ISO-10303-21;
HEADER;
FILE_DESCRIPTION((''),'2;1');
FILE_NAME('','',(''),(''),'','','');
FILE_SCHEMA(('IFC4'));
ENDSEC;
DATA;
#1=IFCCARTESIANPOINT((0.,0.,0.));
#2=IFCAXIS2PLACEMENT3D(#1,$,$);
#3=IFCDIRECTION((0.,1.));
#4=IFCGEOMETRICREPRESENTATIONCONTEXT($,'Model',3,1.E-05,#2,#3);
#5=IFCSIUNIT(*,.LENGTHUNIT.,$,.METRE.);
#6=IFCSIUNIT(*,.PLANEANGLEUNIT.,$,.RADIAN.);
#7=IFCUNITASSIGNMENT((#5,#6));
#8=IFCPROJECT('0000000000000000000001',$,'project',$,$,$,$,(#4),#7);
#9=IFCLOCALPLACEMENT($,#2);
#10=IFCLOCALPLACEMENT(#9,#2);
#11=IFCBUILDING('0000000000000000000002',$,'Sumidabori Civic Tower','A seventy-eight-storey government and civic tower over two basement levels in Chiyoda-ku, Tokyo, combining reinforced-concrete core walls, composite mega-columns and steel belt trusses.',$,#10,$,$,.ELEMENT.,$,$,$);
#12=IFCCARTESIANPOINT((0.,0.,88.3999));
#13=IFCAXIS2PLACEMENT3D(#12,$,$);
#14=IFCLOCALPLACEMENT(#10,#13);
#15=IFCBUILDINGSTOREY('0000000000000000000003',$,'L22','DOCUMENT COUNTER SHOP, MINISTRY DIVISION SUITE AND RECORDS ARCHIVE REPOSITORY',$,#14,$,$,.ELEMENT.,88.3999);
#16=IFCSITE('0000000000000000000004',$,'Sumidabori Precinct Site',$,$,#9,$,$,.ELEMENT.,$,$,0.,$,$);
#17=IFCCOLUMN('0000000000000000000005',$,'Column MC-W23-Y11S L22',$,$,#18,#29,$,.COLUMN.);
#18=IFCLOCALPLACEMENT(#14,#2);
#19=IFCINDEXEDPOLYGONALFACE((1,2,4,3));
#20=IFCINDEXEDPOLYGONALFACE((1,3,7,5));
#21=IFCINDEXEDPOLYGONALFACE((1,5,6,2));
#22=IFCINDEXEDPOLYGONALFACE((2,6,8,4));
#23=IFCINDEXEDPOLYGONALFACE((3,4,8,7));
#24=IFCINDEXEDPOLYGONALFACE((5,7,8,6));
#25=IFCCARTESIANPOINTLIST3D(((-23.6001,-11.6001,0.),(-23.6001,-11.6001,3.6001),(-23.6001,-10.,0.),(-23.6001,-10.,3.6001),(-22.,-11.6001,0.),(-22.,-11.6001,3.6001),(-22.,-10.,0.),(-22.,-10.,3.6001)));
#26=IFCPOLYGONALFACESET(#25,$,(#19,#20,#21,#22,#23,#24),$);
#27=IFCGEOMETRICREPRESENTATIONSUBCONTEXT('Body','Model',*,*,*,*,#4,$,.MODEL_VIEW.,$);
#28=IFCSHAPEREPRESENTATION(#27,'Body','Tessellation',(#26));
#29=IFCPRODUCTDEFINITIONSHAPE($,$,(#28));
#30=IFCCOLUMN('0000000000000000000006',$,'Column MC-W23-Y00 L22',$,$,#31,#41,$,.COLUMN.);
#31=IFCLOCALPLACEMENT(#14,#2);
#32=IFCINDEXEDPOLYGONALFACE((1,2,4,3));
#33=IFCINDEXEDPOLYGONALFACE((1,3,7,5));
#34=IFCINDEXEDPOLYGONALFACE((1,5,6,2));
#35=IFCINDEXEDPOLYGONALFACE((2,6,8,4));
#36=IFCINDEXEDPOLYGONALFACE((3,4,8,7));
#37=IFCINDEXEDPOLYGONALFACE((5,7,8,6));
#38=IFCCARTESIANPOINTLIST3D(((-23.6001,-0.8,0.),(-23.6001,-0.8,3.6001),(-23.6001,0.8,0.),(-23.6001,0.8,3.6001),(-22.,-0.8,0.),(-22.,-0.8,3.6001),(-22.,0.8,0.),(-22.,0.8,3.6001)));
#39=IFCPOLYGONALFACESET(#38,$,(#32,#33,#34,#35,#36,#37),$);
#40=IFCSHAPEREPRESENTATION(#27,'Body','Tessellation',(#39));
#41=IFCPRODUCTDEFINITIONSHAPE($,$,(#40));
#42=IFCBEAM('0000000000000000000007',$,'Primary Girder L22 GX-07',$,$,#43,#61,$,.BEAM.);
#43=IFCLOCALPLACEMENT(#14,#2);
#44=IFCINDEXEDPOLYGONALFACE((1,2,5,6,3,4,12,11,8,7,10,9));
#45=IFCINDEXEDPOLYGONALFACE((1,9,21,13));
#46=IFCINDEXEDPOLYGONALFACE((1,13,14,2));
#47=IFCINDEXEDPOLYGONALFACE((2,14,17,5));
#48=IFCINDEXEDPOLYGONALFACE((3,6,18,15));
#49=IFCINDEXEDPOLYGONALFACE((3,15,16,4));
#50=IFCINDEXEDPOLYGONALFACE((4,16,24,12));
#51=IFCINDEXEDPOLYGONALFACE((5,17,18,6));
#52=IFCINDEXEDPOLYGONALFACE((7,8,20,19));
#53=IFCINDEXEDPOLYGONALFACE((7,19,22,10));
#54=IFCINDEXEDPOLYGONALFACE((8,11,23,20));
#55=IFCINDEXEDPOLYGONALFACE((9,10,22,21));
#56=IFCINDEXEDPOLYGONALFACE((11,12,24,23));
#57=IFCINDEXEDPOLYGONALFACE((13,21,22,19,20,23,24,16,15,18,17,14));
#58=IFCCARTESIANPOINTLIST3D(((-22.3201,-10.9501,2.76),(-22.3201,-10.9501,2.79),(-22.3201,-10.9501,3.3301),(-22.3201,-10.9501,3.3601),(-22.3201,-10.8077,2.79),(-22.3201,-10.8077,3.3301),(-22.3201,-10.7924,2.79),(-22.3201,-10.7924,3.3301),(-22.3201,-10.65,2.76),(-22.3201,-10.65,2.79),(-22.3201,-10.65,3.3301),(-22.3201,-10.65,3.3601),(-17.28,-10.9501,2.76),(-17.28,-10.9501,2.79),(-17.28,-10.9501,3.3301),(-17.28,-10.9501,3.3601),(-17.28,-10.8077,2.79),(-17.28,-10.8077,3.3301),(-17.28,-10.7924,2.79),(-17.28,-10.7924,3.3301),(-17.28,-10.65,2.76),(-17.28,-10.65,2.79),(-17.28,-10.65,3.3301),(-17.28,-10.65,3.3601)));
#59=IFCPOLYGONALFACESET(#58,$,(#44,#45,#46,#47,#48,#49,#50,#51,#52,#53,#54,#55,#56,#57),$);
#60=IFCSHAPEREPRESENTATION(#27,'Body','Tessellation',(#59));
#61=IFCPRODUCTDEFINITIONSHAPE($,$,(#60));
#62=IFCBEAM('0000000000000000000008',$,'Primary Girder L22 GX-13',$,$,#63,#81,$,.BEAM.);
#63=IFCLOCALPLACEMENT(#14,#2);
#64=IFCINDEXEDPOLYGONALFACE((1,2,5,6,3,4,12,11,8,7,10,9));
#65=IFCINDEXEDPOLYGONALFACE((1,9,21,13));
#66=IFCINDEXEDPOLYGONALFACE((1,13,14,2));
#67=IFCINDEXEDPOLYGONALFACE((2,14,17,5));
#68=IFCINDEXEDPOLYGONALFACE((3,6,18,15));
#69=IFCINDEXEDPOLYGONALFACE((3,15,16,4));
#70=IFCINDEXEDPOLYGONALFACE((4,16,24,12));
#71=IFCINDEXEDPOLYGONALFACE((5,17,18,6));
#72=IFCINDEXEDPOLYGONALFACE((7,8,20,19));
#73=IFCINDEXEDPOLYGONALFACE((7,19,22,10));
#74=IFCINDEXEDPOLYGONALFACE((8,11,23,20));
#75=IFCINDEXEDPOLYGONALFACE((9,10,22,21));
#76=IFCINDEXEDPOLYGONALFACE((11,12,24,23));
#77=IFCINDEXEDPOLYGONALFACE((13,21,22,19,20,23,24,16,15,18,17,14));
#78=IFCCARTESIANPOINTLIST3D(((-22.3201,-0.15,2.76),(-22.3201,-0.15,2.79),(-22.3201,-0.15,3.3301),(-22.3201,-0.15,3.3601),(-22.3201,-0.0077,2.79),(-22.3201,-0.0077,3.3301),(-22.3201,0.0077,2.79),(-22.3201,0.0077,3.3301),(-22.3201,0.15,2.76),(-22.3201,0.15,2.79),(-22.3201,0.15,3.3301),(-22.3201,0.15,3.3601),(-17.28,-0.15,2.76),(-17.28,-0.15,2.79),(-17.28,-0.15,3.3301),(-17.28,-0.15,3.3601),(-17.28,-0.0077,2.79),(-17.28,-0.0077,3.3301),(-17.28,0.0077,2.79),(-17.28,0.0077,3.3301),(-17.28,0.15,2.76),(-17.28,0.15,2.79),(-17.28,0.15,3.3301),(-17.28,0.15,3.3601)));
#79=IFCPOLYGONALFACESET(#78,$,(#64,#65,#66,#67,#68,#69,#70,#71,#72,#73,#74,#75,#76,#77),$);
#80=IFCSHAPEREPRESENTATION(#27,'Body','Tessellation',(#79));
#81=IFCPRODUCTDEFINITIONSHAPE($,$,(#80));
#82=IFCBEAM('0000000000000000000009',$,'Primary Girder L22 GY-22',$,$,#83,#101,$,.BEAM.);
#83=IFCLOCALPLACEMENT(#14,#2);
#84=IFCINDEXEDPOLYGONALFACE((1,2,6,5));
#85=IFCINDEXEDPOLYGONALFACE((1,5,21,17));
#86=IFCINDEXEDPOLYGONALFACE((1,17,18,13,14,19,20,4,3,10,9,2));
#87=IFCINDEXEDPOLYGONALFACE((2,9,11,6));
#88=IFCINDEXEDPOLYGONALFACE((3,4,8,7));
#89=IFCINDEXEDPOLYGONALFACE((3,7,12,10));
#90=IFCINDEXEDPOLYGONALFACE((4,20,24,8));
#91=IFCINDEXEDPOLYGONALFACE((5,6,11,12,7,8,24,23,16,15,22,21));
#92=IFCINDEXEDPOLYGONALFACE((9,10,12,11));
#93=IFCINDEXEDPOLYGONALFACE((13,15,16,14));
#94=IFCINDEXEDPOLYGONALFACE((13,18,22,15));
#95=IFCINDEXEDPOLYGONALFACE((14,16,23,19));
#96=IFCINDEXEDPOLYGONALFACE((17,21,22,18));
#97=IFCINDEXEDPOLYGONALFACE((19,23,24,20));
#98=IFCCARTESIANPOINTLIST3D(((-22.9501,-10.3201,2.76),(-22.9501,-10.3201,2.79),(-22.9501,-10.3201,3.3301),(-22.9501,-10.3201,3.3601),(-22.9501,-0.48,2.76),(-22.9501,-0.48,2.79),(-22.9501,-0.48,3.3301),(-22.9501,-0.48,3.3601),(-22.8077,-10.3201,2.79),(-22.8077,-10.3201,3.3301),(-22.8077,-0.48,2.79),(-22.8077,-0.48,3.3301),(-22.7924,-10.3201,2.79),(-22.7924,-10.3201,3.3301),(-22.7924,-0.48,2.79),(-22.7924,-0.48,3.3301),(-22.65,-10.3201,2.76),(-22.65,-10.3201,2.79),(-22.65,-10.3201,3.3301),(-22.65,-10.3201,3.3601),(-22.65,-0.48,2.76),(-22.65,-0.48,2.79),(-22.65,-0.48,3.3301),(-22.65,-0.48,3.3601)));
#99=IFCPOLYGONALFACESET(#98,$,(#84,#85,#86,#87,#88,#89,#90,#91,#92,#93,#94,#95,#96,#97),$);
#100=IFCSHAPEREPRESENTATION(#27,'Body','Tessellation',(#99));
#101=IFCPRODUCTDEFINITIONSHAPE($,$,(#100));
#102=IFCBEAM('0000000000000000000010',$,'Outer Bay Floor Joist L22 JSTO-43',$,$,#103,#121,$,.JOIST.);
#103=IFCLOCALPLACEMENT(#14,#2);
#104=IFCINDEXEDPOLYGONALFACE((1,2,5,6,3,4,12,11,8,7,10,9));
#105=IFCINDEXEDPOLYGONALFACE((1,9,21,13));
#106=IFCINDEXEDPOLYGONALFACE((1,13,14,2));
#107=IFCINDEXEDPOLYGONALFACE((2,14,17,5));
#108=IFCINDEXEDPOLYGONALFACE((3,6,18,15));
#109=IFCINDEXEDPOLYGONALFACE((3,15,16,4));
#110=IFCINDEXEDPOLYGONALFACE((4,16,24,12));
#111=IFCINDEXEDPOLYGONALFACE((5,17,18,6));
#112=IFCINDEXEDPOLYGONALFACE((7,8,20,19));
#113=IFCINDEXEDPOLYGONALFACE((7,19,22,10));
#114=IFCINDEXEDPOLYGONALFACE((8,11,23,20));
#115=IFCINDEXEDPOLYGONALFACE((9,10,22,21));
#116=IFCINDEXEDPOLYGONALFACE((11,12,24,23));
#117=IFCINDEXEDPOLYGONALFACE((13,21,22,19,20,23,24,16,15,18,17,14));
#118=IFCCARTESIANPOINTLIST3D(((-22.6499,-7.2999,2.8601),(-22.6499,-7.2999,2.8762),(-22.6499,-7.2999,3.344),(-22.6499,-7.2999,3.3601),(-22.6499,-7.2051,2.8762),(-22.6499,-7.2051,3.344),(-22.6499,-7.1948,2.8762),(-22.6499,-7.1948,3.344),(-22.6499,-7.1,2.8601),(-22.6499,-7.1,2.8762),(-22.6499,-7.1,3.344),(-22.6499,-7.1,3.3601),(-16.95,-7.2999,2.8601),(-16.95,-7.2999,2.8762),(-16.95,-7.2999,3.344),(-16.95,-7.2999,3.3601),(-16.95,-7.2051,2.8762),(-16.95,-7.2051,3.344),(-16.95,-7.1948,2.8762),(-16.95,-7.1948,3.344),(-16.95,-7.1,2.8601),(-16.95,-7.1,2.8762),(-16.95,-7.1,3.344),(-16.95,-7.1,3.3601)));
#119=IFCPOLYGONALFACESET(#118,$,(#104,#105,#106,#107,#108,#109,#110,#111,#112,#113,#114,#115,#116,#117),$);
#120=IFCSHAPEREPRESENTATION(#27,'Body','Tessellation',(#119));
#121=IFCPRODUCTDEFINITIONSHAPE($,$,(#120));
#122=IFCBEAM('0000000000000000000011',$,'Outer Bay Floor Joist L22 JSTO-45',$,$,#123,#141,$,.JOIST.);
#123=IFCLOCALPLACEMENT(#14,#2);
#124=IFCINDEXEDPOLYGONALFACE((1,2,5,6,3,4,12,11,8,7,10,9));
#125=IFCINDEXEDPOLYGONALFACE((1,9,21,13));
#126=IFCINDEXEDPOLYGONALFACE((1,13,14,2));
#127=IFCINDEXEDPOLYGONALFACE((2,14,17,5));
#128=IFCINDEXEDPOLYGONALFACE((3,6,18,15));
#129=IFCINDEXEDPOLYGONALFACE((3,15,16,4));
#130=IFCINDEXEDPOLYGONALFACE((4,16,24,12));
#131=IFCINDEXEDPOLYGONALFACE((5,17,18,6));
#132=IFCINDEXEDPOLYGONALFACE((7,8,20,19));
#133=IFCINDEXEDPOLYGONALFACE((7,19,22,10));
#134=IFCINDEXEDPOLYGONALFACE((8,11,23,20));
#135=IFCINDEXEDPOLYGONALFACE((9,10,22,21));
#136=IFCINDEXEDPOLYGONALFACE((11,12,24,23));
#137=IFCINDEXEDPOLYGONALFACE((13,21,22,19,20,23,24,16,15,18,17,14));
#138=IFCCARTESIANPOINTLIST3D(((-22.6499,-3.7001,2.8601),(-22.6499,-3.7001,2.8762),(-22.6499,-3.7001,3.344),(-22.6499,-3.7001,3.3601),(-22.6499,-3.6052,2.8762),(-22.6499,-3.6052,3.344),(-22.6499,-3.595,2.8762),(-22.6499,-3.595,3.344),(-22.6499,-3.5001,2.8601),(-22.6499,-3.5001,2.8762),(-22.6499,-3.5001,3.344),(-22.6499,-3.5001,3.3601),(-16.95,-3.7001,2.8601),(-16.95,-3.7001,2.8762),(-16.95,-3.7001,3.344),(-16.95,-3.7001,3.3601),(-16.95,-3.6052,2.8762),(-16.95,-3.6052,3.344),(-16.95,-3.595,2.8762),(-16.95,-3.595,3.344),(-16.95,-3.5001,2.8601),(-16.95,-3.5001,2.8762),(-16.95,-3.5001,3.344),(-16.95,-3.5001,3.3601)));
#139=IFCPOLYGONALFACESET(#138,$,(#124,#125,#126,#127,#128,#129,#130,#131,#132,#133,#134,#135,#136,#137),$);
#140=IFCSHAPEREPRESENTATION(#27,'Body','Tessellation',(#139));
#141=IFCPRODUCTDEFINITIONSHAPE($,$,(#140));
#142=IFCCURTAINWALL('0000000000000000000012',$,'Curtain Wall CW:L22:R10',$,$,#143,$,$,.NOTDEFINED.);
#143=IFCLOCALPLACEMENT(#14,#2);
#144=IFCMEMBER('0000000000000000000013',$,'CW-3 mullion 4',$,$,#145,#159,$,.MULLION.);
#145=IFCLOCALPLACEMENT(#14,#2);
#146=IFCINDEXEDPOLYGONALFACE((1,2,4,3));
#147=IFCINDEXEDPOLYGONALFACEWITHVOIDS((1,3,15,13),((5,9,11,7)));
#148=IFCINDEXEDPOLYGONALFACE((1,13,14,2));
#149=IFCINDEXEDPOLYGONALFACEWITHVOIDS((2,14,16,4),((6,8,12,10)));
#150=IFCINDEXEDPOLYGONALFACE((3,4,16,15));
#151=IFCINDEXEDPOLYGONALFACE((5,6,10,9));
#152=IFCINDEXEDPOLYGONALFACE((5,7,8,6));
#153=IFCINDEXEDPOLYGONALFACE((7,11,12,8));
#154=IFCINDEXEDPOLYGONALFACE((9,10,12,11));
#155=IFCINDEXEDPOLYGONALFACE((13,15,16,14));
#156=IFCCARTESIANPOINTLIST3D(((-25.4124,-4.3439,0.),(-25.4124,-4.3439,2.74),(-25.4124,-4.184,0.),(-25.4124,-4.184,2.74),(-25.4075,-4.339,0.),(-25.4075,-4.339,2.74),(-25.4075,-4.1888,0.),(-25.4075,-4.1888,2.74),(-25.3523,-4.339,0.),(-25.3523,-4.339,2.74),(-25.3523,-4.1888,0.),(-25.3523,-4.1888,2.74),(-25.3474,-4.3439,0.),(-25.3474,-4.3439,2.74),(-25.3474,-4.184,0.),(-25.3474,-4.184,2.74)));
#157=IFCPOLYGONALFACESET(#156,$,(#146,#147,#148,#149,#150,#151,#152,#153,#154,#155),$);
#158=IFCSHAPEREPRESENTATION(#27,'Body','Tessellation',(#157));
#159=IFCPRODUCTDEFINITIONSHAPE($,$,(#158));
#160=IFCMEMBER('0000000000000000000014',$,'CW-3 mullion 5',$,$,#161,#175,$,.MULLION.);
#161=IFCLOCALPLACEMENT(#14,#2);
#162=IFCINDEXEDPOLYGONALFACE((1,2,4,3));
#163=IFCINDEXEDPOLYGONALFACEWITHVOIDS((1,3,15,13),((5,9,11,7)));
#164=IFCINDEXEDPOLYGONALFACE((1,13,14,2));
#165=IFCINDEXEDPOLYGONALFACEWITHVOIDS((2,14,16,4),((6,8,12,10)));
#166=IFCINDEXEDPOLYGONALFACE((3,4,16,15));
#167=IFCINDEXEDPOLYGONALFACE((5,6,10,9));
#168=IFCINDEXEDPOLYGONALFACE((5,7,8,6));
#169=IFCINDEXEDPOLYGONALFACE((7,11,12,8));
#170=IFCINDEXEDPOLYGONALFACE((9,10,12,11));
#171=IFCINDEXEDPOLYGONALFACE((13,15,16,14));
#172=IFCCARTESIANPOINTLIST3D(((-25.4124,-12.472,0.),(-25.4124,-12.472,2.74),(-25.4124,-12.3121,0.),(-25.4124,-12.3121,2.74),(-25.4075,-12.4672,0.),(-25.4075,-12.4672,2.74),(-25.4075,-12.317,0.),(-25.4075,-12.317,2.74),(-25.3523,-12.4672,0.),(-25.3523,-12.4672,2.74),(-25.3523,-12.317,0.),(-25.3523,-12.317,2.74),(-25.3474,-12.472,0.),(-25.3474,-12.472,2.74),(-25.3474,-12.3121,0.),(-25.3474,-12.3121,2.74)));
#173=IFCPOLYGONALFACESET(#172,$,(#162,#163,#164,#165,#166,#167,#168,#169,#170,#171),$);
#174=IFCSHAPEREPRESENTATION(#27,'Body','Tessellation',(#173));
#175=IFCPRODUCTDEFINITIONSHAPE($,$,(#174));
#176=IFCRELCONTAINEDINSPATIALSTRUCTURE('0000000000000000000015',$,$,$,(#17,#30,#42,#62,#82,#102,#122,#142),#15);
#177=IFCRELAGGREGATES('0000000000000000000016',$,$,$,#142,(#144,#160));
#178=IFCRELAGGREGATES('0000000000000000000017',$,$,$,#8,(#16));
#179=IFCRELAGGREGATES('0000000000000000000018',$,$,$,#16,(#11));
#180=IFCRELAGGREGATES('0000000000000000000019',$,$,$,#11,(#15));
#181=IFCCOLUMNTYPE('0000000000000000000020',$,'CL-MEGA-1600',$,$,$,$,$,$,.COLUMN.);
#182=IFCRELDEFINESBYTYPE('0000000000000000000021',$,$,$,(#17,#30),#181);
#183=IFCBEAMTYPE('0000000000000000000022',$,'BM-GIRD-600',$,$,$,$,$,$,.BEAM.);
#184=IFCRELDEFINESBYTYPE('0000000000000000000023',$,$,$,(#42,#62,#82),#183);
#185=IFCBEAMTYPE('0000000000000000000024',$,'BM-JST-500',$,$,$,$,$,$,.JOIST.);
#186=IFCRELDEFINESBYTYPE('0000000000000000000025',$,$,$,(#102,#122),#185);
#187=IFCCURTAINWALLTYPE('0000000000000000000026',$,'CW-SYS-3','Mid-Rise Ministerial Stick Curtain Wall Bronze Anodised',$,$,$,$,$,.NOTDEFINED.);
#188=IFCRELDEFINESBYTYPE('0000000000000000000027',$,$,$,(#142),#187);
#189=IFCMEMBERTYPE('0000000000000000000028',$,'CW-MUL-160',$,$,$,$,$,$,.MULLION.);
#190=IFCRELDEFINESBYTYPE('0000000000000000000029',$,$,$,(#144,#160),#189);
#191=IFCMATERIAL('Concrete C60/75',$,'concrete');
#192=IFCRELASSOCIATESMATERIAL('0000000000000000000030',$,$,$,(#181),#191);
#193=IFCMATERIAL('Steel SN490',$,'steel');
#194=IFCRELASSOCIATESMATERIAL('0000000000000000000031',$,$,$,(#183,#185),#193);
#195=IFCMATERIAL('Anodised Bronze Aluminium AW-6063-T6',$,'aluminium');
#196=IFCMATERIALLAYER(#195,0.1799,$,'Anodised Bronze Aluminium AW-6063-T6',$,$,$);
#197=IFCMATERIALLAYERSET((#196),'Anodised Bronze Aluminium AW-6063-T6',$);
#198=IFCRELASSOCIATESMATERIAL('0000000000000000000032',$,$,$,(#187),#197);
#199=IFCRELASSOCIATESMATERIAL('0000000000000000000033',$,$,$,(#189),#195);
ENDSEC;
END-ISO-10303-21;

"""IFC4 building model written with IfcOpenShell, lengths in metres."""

from ifc_helpers import new_model, si_unit, direction, frame, origin, origin_2d, place, context, subcontext, project, spatial, rectangle, hollow_rectangle, i_section, extrude, source, transform, mapped, material, layer, layer_set, material_profile, profile_set, type_object, element, aggregate, save


model = new_model("IFC4")

# Units and contexts
model_context = context("Model", 3, precision=1e-05, world=origin(), true_north=direction((0.0, 1.0)))
body_context = subcontext(model_context, "Body", "Model", "MODEL_VIEW")
ifc_project = project(units=[si_unit("LENGTHUNIT", "METRE"), si_unit("PLANEANGLEUNIT", "RADIAN")], contexts=[model_context])

# Site, building, storey
site_placement = place(None, origin())
site = spatial("IfcSite", under=ifc_project, at=site_placement, Name="Sumidabori Precinct Site", CompositionType="ELEMENT", RefElevation=0.0)
building_placement = place(site_placement, origin())
building = spatial("IfcBuilding", under=site, at=building_placement, Name="Sumidabori Civic Tower", Description="A seventy-eight-storey government and civic tower over two basement levels in Chiyoda-ku, Tokyo, combining reinforced-concrete core walls, composite mega-columns and steel belt trusses.", CompositionType="ELEMENT")
storey_placement = place(building_placement, frame((0.0, 0.0, 88.3999)))
storey = spatial("IfcBuildingStorey", under=building, at=storey_placement, Name="L22", Description="DOCUMENT COUNTER SHOP, MINISTRY DIVISION SUITE AND RECORDS ARCHIVE REPOSITORY", CompositionType="ELEMENT", Elevation=88.3999)

# Columns
ifc_material_1 = material(Name="Concrete C60/75", Category="concrete")
ifc_material_profile_1 = material_profile(ifc_material_1, rectangle(XDim=1.6001, YDim=1.6001, at=origin_2d()), Name="RC 1600x1600")
ifc_profile_set_1 = profile_set([ifc_material_profile_1], Name="Concrete C60/75")
column_type = type_object("IfcColumnType", Name="CL-MEGA-1600", PredefinedType="COLUMN", material=ifc_profile_set_1)
shared_shape_1 = source(origin(), body_context, "Body", "SweptSolid", [
    extrude(rectangle(XDim=1.6001, YDim=1.6001, at=origin_2d()), origin(), (0.0, 0.0, 1.0), 3.6001),
])
for number, where, z_axis, x_axis, name in (
    (1, (-22.8, -10.8, 0.0), (0.0, 0.0, 1.0), (1.0, 0.0, 0.0), "Column MC-W23-Y11S L22"),
    (2, (-22.8, 0.0, 0.0), (0.0, 0.0, 1.0), (1.0, 0.0, 0.0), "Column MC-W23-Y00 L22"),
):
    element("IfcColumn", number, at=place(storey_placement, frame(where, z_axis=z_axis, x_axis=x_axis)), inside=storey, type_object=column_type, Name=name, PredefinedType="COLUMN", context=body_context, shape_type="MappedRepresentation", body=[
        mapped(shared_shape_1, transform((0.0, 0.0, 0.0), x_axis=(1.0, 0.0, 0.0), y_axis=(0.0, 1.0, 0.0), z_axis=(0.0, 0.0, 1.0), scale=1.0)),
    ])

# Beams
ifc_material_2 = material(Name="Steel SN490", Category="steel")
ifc_material_profile_2 = material_profile(ifc_material_2, i_section(OverallWidth=0.3, OverallDepth=0.6001, WebThickness=0.0154, FlangeThickness=0.03, at=origin_2d()), Name="HE 600 B")
ifc_profile_set_2 = profile_set([ifc_material_profile_2], Name="Steel SN490")
beam_type_1 = type_object("IfcBeamType", Name="BM-GIRD-600", PredefinedType="BEAM", material=ifc_profile_set_2)
shared_shape_2 = source(origin(), body_context, "Body", "SweptSolid", [
    extrude(i_section(OverallWidth=0.3, OverallDepth=0.6001, WebThickness=0.0154, FlangeThickness=0.03, at=origin_2d()), origin(), (0.0, 0.0, 1.0), 5.04),
])
for number, where, z_axis, x_axis, name in (
    (3, (-22.3201, -10.8, 3.0601), (1.0, 0.0, 0.0), (0.0, 1.0, 0.0), "Primary Girder L22 GX-07"),
    (4, (-22.3201, 0.0, 3.0601), (1.0, 0.0, 0.0), (0.0, 1.0, 0.0), "Primary Girder L22 GX-13"),
):
    element("IfcBeam", number, at=place(storey_placement, frame(where, z_axis=z_axis, x_axis=x_axis)), inside=storey, type_object=beam_type_1, Name=name, PredefinedType="BEAM", context=body_context, shape_type="MappedRepresentation", body=[
        mapped(shared_shape_2, transform((0.0, 0.0, 0.0), x_axis=(1.0, 0.0, 0.0), y_axis=(0.0, 1.0, 0.0), z_axis=(0.0, 0.0, 1.0), scale=1.0)),
    ])
shared_shape_3 = source(origin(), body_context, "Body", "SweptSolid", [
    extrude(i_section(OverallWidth=0.3, OverallDepth=0.6001, WebThickness=0.0154, FlangeThickness=0.03, at=origin_2d()), origin(), (0.0, 0.0, 1.0), 9.8401),
])
beam_placement = place(storey_placement, frame((-22.8, -10.3201, 3.0601), z_axis=(0.0, 1.0, 0.0), x_axis=(-1.0, 0.0, 0.0)))
element("IfcBeam", 5, at=beam_placement, inside=storey, type_object=beam_type_1, Name="Primary Girder L22 GY-22", PredefinedType="BEAM", context=body_context, shape_type="MappedRepresentation", body=[
    mapped(shared_shape_3, transform((0.0, 0.0, 0.0), x_axis=(1.0, 0.0, 0.0), y_axis=(0.0, 1.0, 0.0), z_axis=(0.0, 0.0, 1.0), scale=1.0)),
])
ifc_material_profile_3 = material_profile(ifc_material_2, i_section(OverallWidth=0.2, OverallDepth=0.5, WebThickness=0.0103, FlangeThickness=0.0161, at=origin_2d()), Name="IPE 500")
ifc_profile_set_3 = profile_set([ifc_material_profile_3], Name="Steel SN490")
beam_type_2 = type_object("IfcBeamType", Name="BM-JST-500", PredefinedType="JOIST", material=ifc_profile_set_3)
shared_shape_4 = source(origin(), body_context, "Body", "SweptSolid", [
    extrude(i_section(OverallWidth=0.2, OverallDepth=0.5, WebThickness=0.0103, FlangeThickness=0.0161, at=origin_2d()), origin(), (0.0, 0.0, 1.0), 5.7),
])
for number, where, z_axis, x_axis, name in (
    (6, (-22.6499, -7.2, 3.1101), (1.0, 0.0, 0.0), (0.0, 1.0, 0.0), "Outer Bay Floor Joist L22 JSTO-43"),
    (7, (-22.6499, -3.6001, 3.1101), (1.0, 0.0, 0.0), (0.0, 1.0, 0.0), "Outer Bay Floor Joist L22 JSTO-45"),
):
    element("IfcBeam", number, at=place(storey_placement, frame(where, z_axis=z_axis, x_axis=x_axis)), inside=storey, type_object=beam_type_2, Name=name, PredefinedType="JOIST", context=body_context, shape_type="MappedRepresentation", body=[
        mapped(shared_shape_4, transform((0.0, 0.0, 0.0), x_axis=(1.0, 0.0, 0.0), y_axis=(0.0, 1.0, 0.0), z_axis=(0.0, 0.0, 1.0), scale=1.0)),
    ])

# Curtain wall, members
ifc_material_3 = material(Name="Anodised Bronze Aluminium AW-6063-T6", Category="aluminium")
ifc_layer_1 = layer(ifc_material_3, 0.1799, Name="Anodised Bronze Aluminium AW-6063-T6")
ifc_layer_set_1 = layer_set([ifc_layer_1], Name="Anodised Bronze Aluminium AW-6063-T6")
curtain_wall_type = type_object("IfcCurtainWallType", Name="CW-SYS-3", Description="Mid-Rise Ministerial Stick Curtain Wall Bronze Anodised", PredefinedType="NOTDEFINED", material=ifc_layer_set_1)
curtain_wall_placement = place(storey_placement, origin())
curtain_wall = element("IfcCurtainWall", 8, at=curtain_wall_placement, inside=storey, type_object=curtain_wall_type, Name="Curtain Wall CW:L22:R10", PredefinedType="NOTDEFINED")
ifc_material_profile_4 = material_profile(ifc_material_3, hollow_rectangle(XDim=0.0649, YDim=0.1599, WallThickness=0.0049, at=origin_2d()), Name="ALU MULLION 160x65")
ifc_profile_set_4 = profile_set([ifc_material_profile_4], Name="Anodised Bronze Aluminium AW-6063-T6")
member_type_1 = type_object("IfcMemberType", Name="CW-MUL-160", PredefinedType="MULLION", material=ifc_profile_set_4)
shared_shape_5 = source(origin(), body_context, "Body", "SweptSolid", [
    extrude(hollow_rectangle(XDim=0.0649, YDim=0.1599, WallThickness=0.0049, at=origin_2d()), origin(), (0.0, 0.0, 1.0), 2.74),
])
member_1_placement = place(storey_placement, frame((-25.3799, -4.2639, 0.0), z_axis=(0.0, 0.0, 1.0), x_axis=(1.0, 0.0, 0.0)))
member_1 = element("IfcMember", 9, at=member_1_placement, type_object=member_type_1, Name="CW-3 mullion 4", PredefinedType="MULLION", context=body_context, shape_type="MappedRepresentation", body=[
    mapped(shared_shape_5, transform((0.0, 0.0, 0.0), x_axis=(1.0, 0.0, 0.0), y_axis=(0.0, 1.0, 0.0), z_axis=(0.0, 0.0, 1.0), scale=1.0)),
])
member_2_placement = place(storey_placement, frame((-25.3799, -12.3921, 0.0), z_axis=(0.0, 0.0, 1.0), x_axis=(1.0, 0.0, 0.0)))
member_2 = element("IfcMember", 10, at=member_2_placement, type_object=member_type_1, Name="CW-3 mullion 5", PredefinedType="MULLION", context=body_context, shape_type="MappedRepresentation", body=[
    mapped(shared_shape_5, transform((0.0, 0.0, 0.0), x_axis=(1.0, 0.0, 0.0), y_axis=(0.0, 1.0, 0.0), z_axis=(0.0, 0.0, 1.0), scale=1.0)),
])
aggregate(curtain_wall, [member_1, member_2])

save(model, "model.ifc")
